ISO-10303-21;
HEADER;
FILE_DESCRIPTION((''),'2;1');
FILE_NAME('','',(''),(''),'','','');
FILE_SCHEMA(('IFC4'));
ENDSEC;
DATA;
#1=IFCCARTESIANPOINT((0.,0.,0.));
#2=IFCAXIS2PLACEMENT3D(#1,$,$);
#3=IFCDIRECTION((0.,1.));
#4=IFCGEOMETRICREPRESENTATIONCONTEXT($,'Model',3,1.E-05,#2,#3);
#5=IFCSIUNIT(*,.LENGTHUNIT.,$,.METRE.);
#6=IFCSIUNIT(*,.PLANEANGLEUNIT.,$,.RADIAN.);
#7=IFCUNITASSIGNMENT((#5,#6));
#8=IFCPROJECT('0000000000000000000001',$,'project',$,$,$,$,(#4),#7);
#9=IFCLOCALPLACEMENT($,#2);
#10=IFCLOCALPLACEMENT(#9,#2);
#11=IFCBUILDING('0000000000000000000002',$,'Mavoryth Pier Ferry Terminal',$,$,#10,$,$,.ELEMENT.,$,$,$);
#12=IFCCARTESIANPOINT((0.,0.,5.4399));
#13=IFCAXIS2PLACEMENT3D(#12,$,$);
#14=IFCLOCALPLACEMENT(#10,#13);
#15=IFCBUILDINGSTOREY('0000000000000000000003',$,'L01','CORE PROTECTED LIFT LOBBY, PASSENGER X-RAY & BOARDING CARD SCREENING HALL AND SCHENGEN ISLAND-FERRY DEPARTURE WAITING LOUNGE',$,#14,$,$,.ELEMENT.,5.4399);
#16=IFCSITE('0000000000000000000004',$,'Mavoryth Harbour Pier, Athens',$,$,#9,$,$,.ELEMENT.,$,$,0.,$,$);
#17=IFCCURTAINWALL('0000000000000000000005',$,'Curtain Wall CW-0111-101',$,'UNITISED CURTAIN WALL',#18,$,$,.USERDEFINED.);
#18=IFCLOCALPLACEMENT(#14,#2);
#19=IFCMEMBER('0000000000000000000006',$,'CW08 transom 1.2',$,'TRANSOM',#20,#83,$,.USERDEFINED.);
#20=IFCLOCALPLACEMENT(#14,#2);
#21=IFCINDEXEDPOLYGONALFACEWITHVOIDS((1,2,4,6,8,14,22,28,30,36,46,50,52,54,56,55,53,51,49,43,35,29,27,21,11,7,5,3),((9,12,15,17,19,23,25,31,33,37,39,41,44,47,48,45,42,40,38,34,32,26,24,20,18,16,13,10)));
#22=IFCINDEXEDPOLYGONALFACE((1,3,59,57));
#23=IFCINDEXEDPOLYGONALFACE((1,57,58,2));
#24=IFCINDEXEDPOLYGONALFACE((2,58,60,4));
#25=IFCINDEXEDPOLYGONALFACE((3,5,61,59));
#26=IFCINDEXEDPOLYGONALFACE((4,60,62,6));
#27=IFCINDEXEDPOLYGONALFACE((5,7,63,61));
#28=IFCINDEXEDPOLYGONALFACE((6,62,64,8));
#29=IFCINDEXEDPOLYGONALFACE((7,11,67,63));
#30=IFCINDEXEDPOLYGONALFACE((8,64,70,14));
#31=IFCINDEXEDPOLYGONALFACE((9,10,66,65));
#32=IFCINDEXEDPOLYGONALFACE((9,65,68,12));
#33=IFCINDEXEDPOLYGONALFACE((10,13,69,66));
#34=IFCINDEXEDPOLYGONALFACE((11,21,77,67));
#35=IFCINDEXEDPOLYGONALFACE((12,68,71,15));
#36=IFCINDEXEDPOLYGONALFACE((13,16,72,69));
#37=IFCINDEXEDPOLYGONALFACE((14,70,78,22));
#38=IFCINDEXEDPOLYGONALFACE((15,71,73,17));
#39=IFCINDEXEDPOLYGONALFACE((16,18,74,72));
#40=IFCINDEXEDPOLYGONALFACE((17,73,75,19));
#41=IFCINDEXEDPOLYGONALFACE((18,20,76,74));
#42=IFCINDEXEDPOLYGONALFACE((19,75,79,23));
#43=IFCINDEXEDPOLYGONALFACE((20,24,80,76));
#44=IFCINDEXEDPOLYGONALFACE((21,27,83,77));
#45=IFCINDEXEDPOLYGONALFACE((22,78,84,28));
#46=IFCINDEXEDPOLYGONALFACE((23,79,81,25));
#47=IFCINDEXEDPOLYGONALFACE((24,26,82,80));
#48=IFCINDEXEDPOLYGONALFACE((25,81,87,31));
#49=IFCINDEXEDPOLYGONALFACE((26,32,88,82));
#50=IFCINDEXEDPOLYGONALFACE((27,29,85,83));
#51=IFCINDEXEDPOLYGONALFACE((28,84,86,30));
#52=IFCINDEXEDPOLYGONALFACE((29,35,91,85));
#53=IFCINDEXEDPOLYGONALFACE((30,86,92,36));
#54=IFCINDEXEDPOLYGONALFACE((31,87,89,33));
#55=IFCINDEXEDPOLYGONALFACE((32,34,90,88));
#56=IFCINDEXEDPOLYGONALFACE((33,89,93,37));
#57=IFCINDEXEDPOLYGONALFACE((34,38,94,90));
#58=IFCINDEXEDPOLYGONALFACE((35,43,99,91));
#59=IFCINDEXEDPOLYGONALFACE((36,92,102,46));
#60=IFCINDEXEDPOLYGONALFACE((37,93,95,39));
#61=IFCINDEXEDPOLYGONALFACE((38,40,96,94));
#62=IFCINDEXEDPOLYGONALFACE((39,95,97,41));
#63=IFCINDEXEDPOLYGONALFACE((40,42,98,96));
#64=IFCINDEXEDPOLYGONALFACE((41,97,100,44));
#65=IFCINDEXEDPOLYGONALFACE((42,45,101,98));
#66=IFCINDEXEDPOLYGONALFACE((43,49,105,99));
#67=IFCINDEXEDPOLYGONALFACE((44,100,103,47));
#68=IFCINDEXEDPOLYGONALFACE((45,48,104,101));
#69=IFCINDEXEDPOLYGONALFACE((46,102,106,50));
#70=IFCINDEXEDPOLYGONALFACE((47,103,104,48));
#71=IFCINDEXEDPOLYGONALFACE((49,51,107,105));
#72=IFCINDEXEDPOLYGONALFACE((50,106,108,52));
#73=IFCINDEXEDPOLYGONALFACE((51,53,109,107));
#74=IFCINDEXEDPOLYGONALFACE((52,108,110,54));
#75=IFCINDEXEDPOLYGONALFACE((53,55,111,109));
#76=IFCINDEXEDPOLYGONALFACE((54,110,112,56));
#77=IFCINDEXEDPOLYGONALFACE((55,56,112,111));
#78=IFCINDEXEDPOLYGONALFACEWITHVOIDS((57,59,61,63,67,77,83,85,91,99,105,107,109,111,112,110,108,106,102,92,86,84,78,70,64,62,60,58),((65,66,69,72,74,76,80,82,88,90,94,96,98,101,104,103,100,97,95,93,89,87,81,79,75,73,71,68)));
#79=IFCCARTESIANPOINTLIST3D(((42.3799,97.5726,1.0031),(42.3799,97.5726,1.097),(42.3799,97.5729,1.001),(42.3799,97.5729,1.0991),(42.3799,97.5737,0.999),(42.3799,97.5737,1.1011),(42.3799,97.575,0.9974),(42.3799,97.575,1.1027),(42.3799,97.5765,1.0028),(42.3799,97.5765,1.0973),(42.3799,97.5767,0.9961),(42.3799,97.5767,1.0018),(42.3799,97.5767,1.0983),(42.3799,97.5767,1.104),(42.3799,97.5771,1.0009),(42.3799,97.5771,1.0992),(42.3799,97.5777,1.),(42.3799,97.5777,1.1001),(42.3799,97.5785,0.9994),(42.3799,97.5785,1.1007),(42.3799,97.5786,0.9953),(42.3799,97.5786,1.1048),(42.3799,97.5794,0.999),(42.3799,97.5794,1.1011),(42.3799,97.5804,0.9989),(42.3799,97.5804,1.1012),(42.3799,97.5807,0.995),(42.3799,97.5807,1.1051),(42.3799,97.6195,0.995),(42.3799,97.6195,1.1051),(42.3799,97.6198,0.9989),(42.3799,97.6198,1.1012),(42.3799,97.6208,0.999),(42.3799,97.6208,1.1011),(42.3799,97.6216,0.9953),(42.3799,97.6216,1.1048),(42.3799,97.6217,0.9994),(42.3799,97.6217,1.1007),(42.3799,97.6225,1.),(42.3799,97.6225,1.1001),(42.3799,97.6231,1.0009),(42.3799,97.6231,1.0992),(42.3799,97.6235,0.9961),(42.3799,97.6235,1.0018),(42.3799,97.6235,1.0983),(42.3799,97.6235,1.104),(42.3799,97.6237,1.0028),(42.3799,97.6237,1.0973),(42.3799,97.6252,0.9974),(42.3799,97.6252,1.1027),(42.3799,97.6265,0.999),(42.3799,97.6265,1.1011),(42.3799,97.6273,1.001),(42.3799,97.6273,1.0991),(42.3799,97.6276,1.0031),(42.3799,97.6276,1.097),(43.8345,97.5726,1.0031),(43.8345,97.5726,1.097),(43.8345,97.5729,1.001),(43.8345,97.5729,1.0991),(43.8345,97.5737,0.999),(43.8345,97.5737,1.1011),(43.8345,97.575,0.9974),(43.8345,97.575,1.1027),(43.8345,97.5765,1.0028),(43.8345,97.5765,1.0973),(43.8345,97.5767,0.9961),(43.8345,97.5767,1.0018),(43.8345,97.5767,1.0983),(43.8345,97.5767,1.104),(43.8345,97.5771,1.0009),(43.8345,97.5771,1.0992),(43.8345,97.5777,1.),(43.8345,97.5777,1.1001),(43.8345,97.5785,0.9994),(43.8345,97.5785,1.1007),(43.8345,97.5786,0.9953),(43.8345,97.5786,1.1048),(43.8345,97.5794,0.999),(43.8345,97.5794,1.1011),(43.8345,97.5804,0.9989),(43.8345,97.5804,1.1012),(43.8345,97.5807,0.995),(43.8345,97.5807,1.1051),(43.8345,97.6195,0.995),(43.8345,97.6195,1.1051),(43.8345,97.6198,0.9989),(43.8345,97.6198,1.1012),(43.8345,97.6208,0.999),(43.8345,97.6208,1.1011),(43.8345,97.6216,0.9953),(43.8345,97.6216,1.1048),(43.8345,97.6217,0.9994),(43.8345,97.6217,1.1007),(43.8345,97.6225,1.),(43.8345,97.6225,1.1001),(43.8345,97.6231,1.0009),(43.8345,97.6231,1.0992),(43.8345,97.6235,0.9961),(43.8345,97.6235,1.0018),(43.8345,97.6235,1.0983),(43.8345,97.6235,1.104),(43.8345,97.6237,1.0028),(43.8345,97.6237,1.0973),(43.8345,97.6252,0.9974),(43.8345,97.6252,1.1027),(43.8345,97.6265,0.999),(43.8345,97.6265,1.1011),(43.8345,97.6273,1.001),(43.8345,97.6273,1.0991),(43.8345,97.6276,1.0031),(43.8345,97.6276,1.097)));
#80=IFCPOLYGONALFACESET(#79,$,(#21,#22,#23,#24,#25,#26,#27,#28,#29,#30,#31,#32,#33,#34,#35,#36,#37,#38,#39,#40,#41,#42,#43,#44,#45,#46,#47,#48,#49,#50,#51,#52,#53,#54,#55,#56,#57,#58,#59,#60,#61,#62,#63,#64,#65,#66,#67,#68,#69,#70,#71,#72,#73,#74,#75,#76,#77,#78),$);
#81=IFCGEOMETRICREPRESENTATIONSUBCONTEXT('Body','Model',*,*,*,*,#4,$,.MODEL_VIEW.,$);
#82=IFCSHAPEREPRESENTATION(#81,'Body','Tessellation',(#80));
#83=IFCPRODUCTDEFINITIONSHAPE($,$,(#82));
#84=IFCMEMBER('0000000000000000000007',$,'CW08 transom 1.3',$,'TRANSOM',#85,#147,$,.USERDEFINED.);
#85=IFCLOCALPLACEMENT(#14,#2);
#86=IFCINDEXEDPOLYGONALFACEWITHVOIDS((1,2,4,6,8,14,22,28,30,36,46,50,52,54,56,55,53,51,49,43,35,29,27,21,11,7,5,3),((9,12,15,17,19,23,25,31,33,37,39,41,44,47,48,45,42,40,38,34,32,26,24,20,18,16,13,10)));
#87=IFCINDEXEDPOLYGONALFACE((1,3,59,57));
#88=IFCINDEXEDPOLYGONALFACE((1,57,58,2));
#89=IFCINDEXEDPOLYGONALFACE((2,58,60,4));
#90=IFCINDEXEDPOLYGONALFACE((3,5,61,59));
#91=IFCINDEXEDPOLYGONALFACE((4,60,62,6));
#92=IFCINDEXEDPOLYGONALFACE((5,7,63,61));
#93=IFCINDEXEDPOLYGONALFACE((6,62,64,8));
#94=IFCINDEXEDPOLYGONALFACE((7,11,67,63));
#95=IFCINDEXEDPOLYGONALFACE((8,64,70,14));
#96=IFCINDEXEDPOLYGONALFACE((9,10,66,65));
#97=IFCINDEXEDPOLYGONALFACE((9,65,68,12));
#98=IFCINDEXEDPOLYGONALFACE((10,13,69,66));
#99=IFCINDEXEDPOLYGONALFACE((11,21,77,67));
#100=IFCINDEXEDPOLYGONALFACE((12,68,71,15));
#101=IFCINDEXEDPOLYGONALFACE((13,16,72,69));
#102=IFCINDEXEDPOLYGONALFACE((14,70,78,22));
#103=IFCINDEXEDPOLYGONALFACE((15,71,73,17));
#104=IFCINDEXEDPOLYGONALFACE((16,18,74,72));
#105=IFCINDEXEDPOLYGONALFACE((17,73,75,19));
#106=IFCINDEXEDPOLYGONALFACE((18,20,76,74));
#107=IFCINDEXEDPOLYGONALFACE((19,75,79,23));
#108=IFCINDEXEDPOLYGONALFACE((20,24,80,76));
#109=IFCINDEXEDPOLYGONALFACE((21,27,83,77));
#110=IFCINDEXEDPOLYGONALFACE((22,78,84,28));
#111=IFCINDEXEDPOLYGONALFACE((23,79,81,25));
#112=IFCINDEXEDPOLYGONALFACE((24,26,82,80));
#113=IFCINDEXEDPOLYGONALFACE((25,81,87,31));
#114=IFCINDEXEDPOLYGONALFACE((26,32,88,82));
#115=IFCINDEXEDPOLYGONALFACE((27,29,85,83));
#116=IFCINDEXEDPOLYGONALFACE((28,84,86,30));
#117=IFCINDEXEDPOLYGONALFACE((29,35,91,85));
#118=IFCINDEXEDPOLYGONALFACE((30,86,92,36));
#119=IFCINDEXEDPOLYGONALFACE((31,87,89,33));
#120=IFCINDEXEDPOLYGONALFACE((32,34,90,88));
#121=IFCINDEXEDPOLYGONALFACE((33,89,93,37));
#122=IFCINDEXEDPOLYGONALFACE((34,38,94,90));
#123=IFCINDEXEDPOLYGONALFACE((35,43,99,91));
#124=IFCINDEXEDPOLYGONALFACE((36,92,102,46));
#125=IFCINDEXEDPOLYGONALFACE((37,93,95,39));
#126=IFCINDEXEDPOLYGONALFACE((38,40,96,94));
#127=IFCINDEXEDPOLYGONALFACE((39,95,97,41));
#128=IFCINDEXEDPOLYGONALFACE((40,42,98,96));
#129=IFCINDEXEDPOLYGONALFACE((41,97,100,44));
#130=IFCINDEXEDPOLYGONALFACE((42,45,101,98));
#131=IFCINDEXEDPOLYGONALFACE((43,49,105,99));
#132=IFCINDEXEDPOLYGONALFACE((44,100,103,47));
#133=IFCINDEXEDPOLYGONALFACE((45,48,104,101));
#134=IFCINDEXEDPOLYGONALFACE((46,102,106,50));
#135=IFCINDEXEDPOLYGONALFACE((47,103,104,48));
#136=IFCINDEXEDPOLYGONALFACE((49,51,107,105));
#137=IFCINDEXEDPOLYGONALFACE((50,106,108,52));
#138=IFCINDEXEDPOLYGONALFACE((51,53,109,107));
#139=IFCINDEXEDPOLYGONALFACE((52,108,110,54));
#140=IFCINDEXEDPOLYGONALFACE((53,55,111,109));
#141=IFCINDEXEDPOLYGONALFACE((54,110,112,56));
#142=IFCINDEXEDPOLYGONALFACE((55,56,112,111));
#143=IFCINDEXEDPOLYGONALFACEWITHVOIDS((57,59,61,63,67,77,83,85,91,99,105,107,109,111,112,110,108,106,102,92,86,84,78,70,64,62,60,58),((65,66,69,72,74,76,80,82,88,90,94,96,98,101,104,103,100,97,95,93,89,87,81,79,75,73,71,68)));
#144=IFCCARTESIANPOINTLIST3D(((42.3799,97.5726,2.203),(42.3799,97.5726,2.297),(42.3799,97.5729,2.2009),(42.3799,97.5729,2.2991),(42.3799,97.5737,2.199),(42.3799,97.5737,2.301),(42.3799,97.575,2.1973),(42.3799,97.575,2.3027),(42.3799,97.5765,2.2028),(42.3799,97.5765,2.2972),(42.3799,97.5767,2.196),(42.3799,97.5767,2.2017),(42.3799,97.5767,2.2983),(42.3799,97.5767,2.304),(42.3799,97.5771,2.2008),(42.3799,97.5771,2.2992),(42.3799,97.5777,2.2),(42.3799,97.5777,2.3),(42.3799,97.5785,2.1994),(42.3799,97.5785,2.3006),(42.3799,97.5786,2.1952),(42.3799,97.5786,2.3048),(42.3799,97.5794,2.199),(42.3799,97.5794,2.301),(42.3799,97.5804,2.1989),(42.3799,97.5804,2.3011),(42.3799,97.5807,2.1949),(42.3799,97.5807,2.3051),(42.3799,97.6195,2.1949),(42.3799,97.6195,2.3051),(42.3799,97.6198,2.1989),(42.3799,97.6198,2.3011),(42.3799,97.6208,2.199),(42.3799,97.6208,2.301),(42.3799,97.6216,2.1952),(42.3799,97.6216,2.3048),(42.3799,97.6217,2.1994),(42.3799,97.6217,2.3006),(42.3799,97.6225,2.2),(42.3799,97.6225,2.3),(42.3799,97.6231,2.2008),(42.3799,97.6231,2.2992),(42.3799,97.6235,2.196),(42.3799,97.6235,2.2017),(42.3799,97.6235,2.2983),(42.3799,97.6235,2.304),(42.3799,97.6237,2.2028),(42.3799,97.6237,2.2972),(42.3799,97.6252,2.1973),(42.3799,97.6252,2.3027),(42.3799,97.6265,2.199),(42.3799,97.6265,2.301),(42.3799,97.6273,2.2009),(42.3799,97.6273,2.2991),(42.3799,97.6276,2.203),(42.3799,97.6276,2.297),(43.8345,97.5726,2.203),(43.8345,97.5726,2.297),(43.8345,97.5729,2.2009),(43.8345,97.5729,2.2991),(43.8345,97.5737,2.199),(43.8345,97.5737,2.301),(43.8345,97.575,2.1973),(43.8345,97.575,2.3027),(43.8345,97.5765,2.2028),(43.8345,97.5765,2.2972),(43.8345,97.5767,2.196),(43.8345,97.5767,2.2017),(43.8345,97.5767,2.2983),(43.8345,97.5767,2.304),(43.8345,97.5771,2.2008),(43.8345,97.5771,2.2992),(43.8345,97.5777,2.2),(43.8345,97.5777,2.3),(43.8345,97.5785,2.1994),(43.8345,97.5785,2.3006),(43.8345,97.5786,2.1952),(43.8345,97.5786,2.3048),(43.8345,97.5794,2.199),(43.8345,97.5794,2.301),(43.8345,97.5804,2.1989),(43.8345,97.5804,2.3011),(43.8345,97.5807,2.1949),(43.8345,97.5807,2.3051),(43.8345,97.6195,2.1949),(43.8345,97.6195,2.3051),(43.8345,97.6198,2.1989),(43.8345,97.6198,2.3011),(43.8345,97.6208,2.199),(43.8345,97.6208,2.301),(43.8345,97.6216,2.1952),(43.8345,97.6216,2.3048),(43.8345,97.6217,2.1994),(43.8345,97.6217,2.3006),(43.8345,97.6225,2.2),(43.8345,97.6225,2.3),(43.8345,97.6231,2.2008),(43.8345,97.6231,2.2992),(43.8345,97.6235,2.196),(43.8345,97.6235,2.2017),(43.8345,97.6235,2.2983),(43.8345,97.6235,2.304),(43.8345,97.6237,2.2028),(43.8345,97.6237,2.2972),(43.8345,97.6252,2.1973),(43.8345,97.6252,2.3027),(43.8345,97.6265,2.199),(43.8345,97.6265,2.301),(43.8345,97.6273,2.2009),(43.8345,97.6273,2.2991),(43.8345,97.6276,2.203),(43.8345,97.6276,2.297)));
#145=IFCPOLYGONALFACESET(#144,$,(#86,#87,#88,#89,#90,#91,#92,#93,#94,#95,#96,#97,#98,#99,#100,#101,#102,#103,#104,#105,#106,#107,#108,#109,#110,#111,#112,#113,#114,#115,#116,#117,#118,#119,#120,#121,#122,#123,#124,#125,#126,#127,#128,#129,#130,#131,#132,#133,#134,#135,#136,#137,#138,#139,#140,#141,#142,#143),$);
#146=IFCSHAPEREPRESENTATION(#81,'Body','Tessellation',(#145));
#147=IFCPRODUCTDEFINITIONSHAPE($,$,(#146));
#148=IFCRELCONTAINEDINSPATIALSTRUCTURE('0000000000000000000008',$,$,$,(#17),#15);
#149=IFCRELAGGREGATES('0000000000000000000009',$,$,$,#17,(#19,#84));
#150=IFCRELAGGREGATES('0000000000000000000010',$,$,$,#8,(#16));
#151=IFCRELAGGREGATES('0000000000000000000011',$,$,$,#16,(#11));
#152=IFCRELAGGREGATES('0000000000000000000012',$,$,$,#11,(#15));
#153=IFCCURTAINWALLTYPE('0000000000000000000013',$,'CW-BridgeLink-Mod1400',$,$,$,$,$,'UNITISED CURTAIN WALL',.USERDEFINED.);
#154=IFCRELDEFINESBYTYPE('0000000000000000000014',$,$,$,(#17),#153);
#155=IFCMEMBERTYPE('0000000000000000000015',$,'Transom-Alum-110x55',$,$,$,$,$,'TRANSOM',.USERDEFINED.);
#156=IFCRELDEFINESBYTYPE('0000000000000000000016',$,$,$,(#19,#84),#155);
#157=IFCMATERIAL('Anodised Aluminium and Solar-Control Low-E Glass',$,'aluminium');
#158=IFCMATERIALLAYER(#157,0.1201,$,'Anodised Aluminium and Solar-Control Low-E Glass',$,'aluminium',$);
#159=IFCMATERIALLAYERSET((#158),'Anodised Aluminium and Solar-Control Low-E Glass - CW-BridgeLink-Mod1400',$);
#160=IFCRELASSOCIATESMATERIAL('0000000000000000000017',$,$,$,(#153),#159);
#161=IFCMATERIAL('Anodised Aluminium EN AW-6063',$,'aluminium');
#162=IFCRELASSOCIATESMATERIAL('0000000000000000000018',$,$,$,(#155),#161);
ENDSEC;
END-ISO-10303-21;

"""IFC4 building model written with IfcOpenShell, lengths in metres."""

from ifc_helpers import new_model, si_unit, direction, frame, origin, origin_2d, place, context, subcontext, project, spatial, hollow_rectangle, extrude, material, layer, layer_set, material_profile, profile_set, type_object, element, aggregate, save


model = new_model("IFC4")

# Units and contexts
model_context = context("Model", 3, precision=1e-05, world=origin(), true_north=direction((0.0, 1.0)))
body_context = subcontext(model_context, "Body", "Model", "MODEL_VIEW")
ifc_project = project(units=[si_unit("LENGTHUNIT", "METRE"), si_unit("PLANEANGLEUNIT", "RADIAN")], contexts=[model_context])

# Site, building, storey
site_placement = place(None, origin())
site = spatial("IfcSite", under=ifc_project, at=site_placement, Name="Mavoryth Harbour Pier, Athens", CompositionType="ELEMENT", RefElevation=0.0)
building_placement = place(site_placement, origin())
building = spatial("IfcBuilding", under=site, at=building_placement, Name="Mavoryth Pier Ferry Terminal", CompositionType="ELEMENT")
storey_placement = place(building_placement, frame((0.0, 0.0, 5.4399)))
storey = spatial("IfcBuildingStorey", under=building, at=storey_placement, Name="L01", Description="CORE PROTECTED LIFT LOBBY, PASSENGER X-RAY & BOARDING CARD SCREENING HALL AND SCHENGEN ISLAND-FERRY DEPARTURE WAITING LOUNGE", CompositionType="ELEMENT", Elevation=5.4399)

# Curtain wall
ifc_material_1 = material(Name="Anodised Aluminium and Solar-Control Low-E Glass", Category="aluminium")
ifc_layer_1 = layer(ifc_material_1, 0.1201, Name="Anodised Aluminium and Solar-Control Low-E Glass", Category="aluminium")
ifc_layer_set_1 = layer_set([ifc_layer_1], Name="Anodised Aluminium and Solar-Control Low-E Glass - CW-BridgeLink-Mod1400")
curtain_wall_type = type_object("IfcCurtainWallType", Name="CW-BridgeLink-Mod1400", ElementType="UNITISED CURTAIN WALL", PredefinedType="USERDEFINED", material=ifc_layer_set_1)
ifc_material_2 = material(Name="Anodised Aluminium EN AW-6063", Category="aluminium")
curtain_wall_1_placement = place(storey_placement, origin())
curtain_wall_1 = element("IfcCurtainWall", 1, at=curtain_wall_1_placement, inside=storey, type_object=curtain_wall_type, Name="Curtain Wall CW-0111-101", ObjectType="UNITISED CURTAIN WALL", PredefinedType="USERDEFINED")

# Members
ifc_material_profile_1 = material_profile(ifc_material_2, hollow_rectangle(XDim=0.0549, YDim=0.1101, WallThickness=0.0039, InnerFilletRadius=0.0039, OuterFilletRadius=0.0081, at=origin_2d()), Name="AL-TRAN 110x55x4", Category="aluminium")
ifc_profile_set_1 = profile_set([ifc_material_profile_1], Name="Anodised Aluminium EN AW-6063 - AL-TRAN 110x55x4")
member_type_1 = type_object("IfcMemberType", Name="Transom-Alum-110x55", ElementType="TRANSOM", PredefinedType="USERDEFINED", material=ifc_profile_set_1)
member_1_placement = place(storey_placement, frame((42.3799, 97.6001, 1.05), z_axis=(1.0, 0.0, 0.0), x_axis=(0.0, 1.0, 0.0)))
member_1 = element("IfcMember", 2, at=member_1_placement, type_object=member_type_1, Name="CW08 transom 1.2", ObjectType="TRANSOM", PredefinedType="USERDEFINED", context=body_context, shape_type="SweptSolid", body=[
    extrude(hollow_rectangle(XDim=0.0549, YDim=0.1101, WallThickness=0.0039, InnerFilletRadius=0.0039, OuterFilletRadius=0.0081, at=origin_2d()), origin(), (0.0, 0.0, 1.0), 1.4546),
])
member_2_placement = place(storey_placement, frame((42.3799, 97.6001, 2.25), z_axis=(1.0, 0.0, 0.0), x_axis=(0.0, 1.0, 0.0)))
member_2 = element("IfcMember", 3, at=member_2_placement, type_object=member_type_1, Name="CW08 transom 1.3", ObjectType="TRANSOM", PredefinedType="USERDEFINED", context=body_context, shape_type="SweptSolid", body=[
    extrude(hollow_rectangle(XDim=0.0549, YDim=0.1101, WallThickness=0.0039, InnerFilletRadius=0.0039, OuterFilletRadius=0.0081, at=origin_2d()), origin(), (0.0, 0.0, 1.0), 1.4546),
])

aggregate(curtain_wall_1, [member_1, member_2])

save(model, "model.ifc")
